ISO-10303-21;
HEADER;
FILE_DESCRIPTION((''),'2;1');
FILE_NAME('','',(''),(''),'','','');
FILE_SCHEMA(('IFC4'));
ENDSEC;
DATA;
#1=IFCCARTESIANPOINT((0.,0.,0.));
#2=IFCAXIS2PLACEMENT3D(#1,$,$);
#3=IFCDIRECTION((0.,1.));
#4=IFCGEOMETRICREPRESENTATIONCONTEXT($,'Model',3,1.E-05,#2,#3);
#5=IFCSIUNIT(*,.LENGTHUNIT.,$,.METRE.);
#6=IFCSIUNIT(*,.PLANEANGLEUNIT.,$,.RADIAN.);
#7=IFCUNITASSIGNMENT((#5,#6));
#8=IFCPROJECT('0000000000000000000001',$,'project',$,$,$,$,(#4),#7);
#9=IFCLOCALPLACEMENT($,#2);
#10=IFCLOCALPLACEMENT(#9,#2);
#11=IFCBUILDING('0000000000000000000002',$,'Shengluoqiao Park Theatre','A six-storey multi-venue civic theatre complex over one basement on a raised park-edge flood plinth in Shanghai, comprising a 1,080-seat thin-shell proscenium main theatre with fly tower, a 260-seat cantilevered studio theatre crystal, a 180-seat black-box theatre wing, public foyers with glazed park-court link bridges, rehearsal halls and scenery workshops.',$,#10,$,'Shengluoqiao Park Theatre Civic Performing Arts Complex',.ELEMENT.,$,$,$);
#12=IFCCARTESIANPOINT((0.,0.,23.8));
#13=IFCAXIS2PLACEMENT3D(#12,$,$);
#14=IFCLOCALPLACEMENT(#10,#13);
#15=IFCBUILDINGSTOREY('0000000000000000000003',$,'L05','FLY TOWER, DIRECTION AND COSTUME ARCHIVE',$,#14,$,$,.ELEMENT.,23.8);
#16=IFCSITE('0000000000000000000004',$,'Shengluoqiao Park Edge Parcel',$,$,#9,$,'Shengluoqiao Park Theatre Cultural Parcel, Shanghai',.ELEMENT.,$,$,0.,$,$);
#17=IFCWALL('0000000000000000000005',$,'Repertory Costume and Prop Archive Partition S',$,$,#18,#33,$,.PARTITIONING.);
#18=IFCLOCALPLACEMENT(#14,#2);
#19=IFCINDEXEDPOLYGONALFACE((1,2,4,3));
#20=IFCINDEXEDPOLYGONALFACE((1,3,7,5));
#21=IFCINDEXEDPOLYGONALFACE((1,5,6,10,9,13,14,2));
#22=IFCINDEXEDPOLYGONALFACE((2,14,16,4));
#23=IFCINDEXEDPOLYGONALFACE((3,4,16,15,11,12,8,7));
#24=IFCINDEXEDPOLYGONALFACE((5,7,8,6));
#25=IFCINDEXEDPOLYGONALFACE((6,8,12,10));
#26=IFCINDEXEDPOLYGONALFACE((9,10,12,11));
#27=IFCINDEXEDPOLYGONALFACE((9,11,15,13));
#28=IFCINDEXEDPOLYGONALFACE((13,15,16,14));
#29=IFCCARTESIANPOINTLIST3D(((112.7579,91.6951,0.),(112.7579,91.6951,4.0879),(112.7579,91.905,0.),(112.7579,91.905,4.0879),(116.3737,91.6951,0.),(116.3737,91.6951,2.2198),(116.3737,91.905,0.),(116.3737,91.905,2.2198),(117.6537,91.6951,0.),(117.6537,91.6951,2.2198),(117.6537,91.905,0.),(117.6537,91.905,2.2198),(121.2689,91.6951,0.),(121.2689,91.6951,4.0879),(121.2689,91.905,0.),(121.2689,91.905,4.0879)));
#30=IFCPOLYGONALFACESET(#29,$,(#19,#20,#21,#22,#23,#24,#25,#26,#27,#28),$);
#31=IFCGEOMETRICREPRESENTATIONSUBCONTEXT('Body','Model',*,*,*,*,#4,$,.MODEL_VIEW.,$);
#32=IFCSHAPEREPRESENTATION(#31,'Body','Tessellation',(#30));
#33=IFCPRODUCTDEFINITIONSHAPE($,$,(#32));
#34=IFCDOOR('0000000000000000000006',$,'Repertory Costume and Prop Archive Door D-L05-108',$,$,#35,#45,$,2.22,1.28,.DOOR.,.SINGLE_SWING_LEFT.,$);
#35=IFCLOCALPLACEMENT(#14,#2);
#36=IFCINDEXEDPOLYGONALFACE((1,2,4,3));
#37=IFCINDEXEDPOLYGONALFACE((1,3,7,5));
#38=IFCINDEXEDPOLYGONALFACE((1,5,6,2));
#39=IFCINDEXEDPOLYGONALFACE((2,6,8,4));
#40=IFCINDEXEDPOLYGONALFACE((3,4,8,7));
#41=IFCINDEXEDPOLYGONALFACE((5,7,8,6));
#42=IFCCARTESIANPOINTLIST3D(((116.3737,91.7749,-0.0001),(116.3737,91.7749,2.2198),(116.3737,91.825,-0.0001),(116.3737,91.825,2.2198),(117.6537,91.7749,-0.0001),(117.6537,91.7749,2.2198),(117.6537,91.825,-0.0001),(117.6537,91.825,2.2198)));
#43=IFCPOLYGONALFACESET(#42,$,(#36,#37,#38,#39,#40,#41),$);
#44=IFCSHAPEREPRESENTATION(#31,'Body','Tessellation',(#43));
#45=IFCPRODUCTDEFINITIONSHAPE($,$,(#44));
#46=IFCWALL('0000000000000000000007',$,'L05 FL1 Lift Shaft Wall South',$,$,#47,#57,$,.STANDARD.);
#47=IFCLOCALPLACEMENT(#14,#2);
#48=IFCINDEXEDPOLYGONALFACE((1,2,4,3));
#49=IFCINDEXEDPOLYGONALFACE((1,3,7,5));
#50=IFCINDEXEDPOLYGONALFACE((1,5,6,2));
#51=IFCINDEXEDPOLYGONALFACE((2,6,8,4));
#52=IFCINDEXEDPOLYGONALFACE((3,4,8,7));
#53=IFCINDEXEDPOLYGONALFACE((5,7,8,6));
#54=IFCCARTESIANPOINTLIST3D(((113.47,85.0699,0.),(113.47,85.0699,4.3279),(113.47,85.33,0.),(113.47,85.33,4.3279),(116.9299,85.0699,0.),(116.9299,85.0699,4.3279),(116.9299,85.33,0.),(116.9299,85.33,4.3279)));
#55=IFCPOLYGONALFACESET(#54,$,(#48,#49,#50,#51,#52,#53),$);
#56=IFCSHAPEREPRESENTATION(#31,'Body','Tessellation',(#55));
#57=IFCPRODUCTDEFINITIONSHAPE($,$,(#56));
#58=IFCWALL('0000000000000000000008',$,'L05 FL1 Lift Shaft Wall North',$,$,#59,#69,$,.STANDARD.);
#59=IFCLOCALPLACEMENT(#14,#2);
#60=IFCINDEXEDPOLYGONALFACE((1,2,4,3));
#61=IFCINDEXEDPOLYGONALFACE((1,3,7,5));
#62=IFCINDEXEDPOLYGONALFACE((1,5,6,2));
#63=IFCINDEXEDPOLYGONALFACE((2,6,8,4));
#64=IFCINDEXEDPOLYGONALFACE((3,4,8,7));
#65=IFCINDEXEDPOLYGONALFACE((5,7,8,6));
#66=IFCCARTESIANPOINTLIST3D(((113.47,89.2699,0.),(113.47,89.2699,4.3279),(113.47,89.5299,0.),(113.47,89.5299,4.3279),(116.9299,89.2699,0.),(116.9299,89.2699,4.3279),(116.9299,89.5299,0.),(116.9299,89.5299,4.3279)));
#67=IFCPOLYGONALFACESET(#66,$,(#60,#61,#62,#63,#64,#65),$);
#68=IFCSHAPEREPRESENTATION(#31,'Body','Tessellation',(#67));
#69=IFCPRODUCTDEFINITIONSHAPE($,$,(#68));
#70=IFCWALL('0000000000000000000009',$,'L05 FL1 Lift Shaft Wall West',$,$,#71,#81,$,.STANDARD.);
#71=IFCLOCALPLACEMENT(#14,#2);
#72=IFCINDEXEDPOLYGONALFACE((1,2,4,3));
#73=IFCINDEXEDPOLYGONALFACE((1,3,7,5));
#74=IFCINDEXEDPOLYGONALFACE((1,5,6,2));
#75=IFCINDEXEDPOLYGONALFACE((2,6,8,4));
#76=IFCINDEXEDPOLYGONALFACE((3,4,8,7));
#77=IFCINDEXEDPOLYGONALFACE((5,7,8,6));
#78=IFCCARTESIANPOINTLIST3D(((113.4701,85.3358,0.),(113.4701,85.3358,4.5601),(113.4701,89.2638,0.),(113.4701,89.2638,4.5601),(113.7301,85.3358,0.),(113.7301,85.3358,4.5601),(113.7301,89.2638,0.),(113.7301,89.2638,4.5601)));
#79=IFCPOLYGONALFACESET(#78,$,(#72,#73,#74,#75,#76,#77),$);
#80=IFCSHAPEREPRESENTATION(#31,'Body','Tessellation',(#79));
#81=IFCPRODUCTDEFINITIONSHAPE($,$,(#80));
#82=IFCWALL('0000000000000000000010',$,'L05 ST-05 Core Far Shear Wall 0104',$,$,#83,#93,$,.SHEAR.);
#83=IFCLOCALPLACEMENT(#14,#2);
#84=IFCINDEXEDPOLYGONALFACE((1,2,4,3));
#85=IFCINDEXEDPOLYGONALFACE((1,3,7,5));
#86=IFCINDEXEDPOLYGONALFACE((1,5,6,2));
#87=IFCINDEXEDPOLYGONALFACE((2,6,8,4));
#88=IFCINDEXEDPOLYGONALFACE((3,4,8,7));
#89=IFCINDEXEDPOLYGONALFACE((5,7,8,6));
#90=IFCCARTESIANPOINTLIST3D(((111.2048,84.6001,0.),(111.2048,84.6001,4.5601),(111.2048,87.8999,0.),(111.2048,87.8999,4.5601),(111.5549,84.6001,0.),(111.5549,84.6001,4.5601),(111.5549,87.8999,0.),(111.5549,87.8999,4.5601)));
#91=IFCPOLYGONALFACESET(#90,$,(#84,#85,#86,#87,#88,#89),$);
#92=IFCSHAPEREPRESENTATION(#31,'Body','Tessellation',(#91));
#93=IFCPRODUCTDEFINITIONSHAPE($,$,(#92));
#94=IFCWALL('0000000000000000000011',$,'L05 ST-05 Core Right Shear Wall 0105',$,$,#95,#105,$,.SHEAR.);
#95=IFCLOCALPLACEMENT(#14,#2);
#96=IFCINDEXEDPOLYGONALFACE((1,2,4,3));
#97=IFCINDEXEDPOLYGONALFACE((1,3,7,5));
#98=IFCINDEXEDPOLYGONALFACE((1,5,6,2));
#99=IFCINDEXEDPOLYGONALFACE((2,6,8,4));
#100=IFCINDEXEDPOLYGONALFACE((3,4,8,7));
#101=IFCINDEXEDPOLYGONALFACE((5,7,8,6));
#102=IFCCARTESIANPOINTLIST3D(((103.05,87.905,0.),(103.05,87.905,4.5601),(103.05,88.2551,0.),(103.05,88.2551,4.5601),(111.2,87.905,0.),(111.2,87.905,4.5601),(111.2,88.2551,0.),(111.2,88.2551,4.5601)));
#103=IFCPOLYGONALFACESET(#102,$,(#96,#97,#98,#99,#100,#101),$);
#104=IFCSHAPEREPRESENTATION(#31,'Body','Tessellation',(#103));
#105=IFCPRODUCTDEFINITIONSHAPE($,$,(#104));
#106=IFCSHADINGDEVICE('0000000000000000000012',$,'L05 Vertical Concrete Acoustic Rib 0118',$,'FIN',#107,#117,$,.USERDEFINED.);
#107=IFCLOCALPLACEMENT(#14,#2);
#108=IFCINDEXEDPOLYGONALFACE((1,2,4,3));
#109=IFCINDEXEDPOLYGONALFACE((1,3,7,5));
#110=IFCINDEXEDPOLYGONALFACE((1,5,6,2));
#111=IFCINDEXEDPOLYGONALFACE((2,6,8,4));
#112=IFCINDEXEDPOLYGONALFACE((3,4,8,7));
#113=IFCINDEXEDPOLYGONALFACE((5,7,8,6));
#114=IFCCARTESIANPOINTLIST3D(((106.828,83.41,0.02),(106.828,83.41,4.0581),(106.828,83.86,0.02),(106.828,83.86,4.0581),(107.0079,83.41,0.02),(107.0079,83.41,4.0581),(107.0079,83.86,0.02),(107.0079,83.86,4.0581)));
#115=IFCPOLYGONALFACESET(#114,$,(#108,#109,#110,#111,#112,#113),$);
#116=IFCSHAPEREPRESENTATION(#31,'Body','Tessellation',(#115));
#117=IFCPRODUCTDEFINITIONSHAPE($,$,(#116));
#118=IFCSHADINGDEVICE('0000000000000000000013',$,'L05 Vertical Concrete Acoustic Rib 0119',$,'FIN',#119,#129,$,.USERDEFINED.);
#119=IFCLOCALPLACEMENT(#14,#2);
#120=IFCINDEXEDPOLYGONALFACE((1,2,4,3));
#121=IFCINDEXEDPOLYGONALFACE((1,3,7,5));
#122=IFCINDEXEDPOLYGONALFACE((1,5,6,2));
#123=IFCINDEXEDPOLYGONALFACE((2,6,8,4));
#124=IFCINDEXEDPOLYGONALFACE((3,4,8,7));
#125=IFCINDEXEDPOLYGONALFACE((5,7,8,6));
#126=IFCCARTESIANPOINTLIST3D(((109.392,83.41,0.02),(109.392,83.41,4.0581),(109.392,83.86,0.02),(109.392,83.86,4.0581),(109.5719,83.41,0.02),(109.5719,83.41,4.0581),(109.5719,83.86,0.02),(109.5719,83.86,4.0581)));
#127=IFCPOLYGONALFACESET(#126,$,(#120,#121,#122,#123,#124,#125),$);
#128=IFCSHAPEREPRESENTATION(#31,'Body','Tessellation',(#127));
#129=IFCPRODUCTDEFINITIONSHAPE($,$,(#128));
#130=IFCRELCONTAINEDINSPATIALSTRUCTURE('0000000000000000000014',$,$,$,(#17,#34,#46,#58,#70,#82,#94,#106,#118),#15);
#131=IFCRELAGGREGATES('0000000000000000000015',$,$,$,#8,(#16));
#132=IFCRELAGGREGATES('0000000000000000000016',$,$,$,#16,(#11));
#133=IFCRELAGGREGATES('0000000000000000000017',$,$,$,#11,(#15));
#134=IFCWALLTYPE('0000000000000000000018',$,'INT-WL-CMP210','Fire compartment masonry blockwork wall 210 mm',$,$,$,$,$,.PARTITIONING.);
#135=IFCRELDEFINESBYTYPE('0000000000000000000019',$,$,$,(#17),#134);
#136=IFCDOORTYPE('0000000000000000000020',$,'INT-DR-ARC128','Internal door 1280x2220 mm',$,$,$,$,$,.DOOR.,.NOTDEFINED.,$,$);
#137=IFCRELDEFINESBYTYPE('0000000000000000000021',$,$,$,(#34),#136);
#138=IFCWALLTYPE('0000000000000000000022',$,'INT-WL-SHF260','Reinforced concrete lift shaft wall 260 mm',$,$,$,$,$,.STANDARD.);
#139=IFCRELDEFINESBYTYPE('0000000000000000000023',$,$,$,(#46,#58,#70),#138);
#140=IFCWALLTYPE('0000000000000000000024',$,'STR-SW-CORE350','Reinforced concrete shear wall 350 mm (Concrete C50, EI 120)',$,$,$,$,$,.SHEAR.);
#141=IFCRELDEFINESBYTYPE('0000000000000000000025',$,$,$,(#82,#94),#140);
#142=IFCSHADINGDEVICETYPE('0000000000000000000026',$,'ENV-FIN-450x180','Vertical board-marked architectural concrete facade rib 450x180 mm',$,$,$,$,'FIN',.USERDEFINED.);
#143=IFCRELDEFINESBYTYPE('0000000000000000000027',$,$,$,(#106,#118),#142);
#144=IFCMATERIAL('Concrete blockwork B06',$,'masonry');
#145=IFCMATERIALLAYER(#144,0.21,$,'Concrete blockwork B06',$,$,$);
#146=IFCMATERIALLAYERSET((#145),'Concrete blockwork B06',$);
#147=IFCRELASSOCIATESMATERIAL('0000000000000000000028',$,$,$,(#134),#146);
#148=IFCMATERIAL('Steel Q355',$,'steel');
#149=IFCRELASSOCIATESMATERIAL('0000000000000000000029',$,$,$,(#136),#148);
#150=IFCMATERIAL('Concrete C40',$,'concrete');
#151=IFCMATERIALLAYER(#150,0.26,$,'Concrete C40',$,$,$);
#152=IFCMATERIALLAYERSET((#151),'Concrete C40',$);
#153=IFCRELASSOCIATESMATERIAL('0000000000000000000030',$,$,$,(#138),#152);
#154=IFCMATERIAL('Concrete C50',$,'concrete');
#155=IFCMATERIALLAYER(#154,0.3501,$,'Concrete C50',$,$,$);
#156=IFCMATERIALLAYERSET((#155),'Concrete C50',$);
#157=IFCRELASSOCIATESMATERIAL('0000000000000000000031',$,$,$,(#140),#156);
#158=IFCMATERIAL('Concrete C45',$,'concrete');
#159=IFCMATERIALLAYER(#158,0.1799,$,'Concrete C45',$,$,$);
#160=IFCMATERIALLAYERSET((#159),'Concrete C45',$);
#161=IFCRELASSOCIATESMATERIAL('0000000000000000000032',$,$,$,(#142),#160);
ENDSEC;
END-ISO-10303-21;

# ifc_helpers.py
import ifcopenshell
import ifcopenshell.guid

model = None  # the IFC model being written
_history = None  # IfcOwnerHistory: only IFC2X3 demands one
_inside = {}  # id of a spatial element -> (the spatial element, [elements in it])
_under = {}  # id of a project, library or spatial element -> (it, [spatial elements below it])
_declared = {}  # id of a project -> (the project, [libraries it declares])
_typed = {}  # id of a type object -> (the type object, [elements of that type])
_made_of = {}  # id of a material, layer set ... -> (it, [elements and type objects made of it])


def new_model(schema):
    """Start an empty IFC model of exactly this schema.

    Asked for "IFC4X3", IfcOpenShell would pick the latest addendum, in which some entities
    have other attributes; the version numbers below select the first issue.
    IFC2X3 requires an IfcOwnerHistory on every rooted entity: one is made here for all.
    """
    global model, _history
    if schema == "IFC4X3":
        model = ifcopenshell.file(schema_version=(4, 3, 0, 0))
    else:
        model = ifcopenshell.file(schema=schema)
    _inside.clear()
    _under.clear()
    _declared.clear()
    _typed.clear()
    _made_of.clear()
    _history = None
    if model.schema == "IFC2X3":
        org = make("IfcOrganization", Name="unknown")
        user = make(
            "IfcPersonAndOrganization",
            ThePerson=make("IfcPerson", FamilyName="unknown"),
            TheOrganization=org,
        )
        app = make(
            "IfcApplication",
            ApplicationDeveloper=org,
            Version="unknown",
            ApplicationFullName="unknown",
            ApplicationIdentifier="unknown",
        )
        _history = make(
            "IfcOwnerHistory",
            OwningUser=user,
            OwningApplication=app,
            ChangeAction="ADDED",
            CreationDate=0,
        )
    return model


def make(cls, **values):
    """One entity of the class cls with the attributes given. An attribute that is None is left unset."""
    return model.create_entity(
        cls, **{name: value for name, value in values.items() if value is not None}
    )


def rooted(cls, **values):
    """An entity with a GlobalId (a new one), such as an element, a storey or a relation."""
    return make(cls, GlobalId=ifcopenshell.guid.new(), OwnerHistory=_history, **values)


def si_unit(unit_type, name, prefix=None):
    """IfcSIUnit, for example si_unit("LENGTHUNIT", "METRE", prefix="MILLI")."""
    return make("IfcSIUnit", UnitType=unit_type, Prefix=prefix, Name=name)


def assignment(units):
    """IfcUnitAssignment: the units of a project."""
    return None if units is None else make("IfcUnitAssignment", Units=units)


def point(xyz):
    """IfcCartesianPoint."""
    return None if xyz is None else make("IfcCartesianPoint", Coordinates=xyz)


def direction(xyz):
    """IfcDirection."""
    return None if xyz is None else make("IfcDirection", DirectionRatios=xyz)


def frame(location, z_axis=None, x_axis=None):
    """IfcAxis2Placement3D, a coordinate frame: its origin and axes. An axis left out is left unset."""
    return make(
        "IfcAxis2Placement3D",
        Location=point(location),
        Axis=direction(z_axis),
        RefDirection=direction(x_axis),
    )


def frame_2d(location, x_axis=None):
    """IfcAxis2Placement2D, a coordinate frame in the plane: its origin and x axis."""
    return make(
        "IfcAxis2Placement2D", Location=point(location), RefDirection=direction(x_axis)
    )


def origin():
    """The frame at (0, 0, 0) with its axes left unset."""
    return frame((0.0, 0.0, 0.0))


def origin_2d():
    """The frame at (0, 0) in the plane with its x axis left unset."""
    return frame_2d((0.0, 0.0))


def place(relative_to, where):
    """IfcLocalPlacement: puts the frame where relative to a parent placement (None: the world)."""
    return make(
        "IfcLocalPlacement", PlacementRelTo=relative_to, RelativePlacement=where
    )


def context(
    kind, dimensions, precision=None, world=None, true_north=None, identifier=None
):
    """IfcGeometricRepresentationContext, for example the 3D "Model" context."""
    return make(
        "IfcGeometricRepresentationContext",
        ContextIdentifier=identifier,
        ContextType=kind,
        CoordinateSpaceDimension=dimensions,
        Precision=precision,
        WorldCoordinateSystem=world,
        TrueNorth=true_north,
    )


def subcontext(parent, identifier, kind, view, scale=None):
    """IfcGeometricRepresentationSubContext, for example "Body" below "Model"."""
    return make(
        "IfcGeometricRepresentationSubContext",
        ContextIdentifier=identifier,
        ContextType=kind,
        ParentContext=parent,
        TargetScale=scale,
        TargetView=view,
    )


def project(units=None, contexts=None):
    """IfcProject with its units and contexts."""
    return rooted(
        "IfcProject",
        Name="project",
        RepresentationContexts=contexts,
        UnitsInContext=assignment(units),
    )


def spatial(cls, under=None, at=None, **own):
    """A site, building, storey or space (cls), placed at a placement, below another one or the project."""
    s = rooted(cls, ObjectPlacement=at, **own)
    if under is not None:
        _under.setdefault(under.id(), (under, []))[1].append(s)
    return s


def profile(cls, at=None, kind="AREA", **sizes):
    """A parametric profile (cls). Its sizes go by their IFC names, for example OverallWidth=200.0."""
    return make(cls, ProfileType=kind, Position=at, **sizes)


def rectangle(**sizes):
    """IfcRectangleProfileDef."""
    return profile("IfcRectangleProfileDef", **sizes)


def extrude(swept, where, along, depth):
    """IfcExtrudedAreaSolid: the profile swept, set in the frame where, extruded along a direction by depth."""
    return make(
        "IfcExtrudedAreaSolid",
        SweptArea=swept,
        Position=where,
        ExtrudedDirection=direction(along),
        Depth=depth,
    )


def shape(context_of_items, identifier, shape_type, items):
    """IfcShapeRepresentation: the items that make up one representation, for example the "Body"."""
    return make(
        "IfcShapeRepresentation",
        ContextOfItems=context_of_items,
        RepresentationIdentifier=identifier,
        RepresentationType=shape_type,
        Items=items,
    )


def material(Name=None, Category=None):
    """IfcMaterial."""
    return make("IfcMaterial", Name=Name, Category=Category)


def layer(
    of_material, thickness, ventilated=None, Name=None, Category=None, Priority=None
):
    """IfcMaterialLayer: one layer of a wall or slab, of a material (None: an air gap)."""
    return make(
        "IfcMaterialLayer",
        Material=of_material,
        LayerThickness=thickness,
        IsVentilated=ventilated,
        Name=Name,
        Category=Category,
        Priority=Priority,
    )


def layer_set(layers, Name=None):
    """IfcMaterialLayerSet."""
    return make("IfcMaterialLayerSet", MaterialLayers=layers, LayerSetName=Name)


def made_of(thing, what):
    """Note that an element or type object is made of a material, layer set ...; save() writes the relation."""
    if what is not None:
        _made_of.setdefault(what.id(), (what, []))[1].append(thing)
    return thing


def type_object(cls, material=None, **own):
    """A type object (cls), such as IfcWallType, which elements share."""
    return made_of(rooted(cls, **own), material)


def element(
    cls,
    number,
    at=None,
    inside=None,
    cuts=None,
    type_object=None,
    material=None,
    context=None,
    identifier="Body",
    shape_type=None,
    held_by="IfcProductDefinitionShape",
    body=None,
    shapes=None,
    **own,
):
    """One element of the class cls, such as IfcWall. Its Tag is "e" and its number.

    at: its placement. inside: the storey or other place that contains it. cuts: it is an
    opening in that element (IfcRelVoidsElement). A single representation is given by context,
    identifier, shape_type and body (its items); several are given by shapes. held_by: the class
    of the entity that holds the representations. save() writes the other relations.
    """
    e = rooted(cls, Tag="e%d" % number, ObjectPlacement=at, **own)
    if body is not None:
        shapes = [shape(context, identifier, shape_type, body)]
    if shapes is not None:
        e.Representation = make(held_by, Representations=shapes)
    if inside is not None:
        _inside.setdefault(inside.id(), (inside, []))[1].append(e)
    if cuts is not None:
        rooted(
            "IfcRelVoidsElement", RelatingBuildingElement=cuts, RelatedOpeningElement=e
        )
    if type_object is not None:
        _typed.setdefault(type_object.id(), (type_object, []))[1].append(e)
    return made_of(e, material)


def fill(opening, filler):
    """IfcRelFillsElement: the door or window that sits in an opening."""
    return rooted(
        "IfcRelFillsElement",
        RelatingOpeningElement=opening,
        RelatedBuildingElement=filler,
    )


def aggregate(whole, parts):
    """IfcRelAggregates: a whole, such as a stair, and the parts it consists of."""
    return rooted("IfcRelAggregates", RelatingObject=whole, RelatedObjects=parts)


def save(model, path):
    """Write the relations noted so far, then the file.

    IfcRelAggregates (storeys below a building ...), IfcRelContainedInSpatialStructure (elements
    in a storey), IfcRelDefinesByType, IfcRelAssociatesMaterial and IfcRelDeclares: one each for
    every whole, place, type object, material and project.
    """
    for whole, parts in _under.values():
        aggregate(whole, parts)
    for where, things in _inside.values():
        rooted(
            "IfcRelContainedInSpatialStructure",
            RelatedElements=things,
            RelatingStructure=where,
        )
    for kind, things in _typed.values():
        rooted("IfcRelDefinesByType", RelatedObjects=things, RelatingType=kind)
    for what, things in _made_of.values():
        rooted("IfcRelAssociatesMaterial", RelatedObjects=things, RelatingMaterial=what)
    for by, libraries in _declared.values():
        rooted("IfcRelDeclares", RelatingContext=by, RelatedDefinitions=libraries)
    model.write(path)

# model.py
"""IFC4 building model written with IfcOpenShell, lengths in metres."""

from ifc_helpers import new_model, si_unit, direction, frame, frame_2d, origin, origin_2d, place, context, subcontext, project, spatial, rectangle, extrude, material, layer, layer_set, type_object, element, fill, save


model = new_model("IFC4")

# Units and contexts
model_context = context("Model", 3, precision=1e-05, world=origin(), true_north=direction((0.0, 1.0)))
body_context = subcontext(model_context, "Body", "Model", "MODEL_VIEW")
ifc_project = project(units=[si_unit("LENGTHUNIT", "METRE"), si_unit("PLANEANGLEUNIT", "RADIAN")], contexts=[model_context])

# Site, building, storey
site_placement = place(None, origin())
site = spatial("IfcSite", under=ifc_project, at=site_placement, Name="Shengluoqiao Park Edge Parcel", LongName="Shengluoqiao Park Theatre Cultural Parcel, Shanghai", CompositionType="ELEMENT", RefElevation=0.0)
building_placement = place(site_placement, origin())
building = spatial("IfcBuilding", under=site, at=building_placement, Name="Shengluoqiao Park Theatre", Description="A six-storey multi-venue civic theatre complex over one basement on a raised park-edge flood plinth in Shanghai, comprising a 1,080-seat thin-shell proscenium main theatre with fly tower, a 260-seat cantilevered studio theatre crystal, a 180-seat black-box theatre wing, public foyers with glazed park-court link bridges, rehearsal halls and scenery workshops.", LongName="Shengluoqiao Park Theatre Civic Performing Arts Complex", CompositionType="ELEMENT")
storey_placement = place(building_placement, frame((0.0, 0.0, 23.8)))
storey = spatial("IfcBuildingStorey", under=building, at=storey_placement, Name="L05", Description="FLY TOWER, DIRECTION AND COSTUME ARCHIVE", CompositionType="ELEMENT", Elevation=23.8)

# Shared definitions
ifc_material_1 = material(Name="Concrete C50", Category="concrete")

# Shared definitions
ifc_material_2 = material(Name="Steel Q355", Category="steel")

# Shared definitions
ifc_material_3 = material(Name="Concrete C40", Category="concrete")

# Wall, opening, door
ifc_material_4 = material(Name="Concrete blockwork B06", Category="masonry")
ifc_layer_1 = layer(ifc_material_4, 0.21, Name="Concrete blockwork B06")
ifc_layer_set_1 = layer_set([ifc_layer_1], Name="Concrete blockwork B06")
wall_type_1 = type_object("IfcWallType", Name="INT-WL-CMP210", Description="Fire compartment masonry blockwork wall 210 mm", PredefinedType="PARTITIONING", material=ifc_layer_set_1)
wall_1_placement = place(storey_placement, frame((112.7581, 91.8, 0.0), z_axis=(0.0, 0.0, 1.0), x_axis=(1.0, 0.0, 0.0)))
wall_1 = element("IfcWall", 1, at=wall_1_placement, inside=storey, type_object=wall_type_1, Name="Repertory Costume and Prop Archive Partition S", PredefinedType="PARTITIONING", context=body_context, shape_type="SweptSolid", body=[
    extrude(rectangle(XDim=8.511, YDim=0.21, at=frame_2d((4.2554, 0.0))), origin(), (0.0, 0.0, 1.0), 4.0879),
])
opening_1_placement = place(wall_1_placement, frame((3.6155, 0.0, 0.0)))
opening_1 = element("IfcOpeningElement", 2, at=opening_1_placement, cuts=wall_1, PredefinedType="OPENING", context=body_context, shape_type="SweptSolid", body=[
    extrude(rectangle(XDim=1.28, YDim=2.22, at=frame_2d((0.6401, 1.1099))), frame((0.0, 0.115, 0.0), z_axis=(0.0, -1.0, 0.0), x_axis=(1.0, 0.0, 0.0)), (0.0, 0.0, 1.0), 0.23),
])
door_type = type_object("IfcDoorType", Name="INT-DR-ARC128", Description="Internal door 1280x2220 mm", OperationType="NOTDEFINED", PredefinedType="DOOR", material=ifc_material_2)
door_placement = place(opening_1_placement, origin())
door = element("IfcDoor", 3, at=door_placement, inside=storey, type_object=door_type, Name="Repertory Costume and Prop Archive Door D-L05-108", OperationType="SINGLE_SWING_LEFT", OverallHeight=2.22, OverallWidth=1.28, PredefinedType="DOOR", context=body_context, shape_type="SweptSolid", body=[
    extrude(rectangle(XDim=1.28, YDim=2.22, at=frame_2d((0.6401, 1.1099))), frame((0.0, 0.0249, 0.0), z_axis=(0.0, -1.0, 0.0), x_axis=(1.0, 0.0, 0.0)), (0.0, 0.0, 1.0), 0.05),
])
fill(opening_1, door)

# Walls
ifc_layer_2 = layer(ifc_material_3, 0.26, Name="Concrete C40")
ifc_layer_set_2 = layer_set([ifc_layer_2], Name="Concrete C40")
wall_type_2 = type_object("IfcWallType", Name="INT-WL-SHF260", Description="Reinforced concrete lift shaft wall 260 mm", PredefinedType="STANDARD", material=ifc_layer_set_2)
for number, where, z_axis, x_axis, name in (
    (4, (113.47, 85.2, 0.0), (0.0, 0.0, 1.0), (1.0, 0.0, 0.0), "L05 FL1 Lift Shaft Wall South"),
    (5, (113.47, 89.3999, 0.0), (0.0, 0.0, 1.0), (1.0, 0.0, 0.0), "L05 FL1 Lift Shaft Wall North"),
):
    element("IfcWall", number, at=place(storey_placement, frame(where, z_axis=z_axis, x_axis=x_axis)), inside=storey, type_object=wall_type_2, Name=name, PredefinedType="STANDARD", context=body_context, shape_type="SweptSolid", body=[
        extrude(rectangle(XDim=3.46, YDim=0.26, at=frame_2d((1.73, 0.0))), origin(), (0.0, 0.0, 1.0), 4.3279),
    ])
wall_2_placement = place(storey_placement, frame((113.6001, 85.3359, 0.0), z_axis=(0.0, 0.0, 1.0), x_axis=(0.0, 1.0, 0.0)))
element("IfcWall", 6, at=wall_2_placement, inside=storey, type_object=wall_type_2, Name="L05 FL1 Lift Shaft Wall West", PredefinedType="STANDARD", context=body_context, shape_type="SweptSolid", body=[
    extrude(rectangle(XDim=3.928, YDim=0.26, at=frame_2d((1.9639, 0.0))), origin(), (0.0, 0.0, 1.0), 4.5601),
])
ifc_layer_3 = layer(ifc_material_1, 0.3501, Name="Concrete C50")
ifc_layer_set_3 = layer_set([ifc_layer_3], Name="Concrete C50")
wall_type_3 = type_object("IfcWallType", Name="STR-SW-CORE350", Description="Reinforced concrete shear wall 350 mm (Concrete C50, EI 120)", PredefinedType="SHEAR", material=ifc_layer_set_3)
wall_3_placement = place(storey_placement, frame((111.3799, 84.6001, 0.0), z_axis=(0.0, 0.0, 1.0), x_axis=(0.0, 1.0, 0.0)))
element("IfcWall", 7, at=wall_3_placement, inside=storey, type_object=wall_type_3, Name="L05 ST-05 Core Far Shear Wall 0104", PredefinedType="SHEAR", context=body_context, shape_type="SweptSolid", body=[
    extrude(rectangle(XDim=3.2998, YDim=0.3501, at=frame_2d((1.6499, 0.0))), origin(), (0.0, 0.0, 1.0), 4.5601),
])
wall_4_placement = place(storey_placement, frame((111.2, 88.0801, 0.0), z_axis=(0.0, 0.0, 1.0), x_axis=(-1.0, 0.0, 0.0)))
element("IfcWall", 8, at=wall_4_placement, inside=storey, type_object=wall_type_3, Name="L05 ST-05 Core Right Shear Wall 0105", PredefinedType="SHEAR", context=body_context, shape_type="SweptSolid", body=[
    extrude(rectangle(XDim=8.1499, YDim=0.3501, at=frame_2d((4.075, 0.0))), origin(), (0.0, 0.0, 1.0), 4.5601),
])

# Shading devices
ifc_material_5 = material(Name="Concrete C45", Category="concrete")
ifc_layer_4 = layer(ifc_material_5, 0.1799, Name="Concrete C45")
ifc_layer_set_4 = layer_set([ifc_layer_4], Name="Concrete C45")
shading_device_type = type_object("IfcShadingDeviceType", Name="ENV-FIN-450x180", Description="Vertical board-marked architectural concrete facade rib 450x180 mm", ElementType="FIN", PredefinedType="USERDEFINED", material=ifc_layer_set_4)
for number, where, z_axis, x_axis, name in (
    (9, (106.918, 83.635, 0.02), (0.0, 0.0, 1.0), (0.0, -1.0, 0.0), "L05 Vertical Concrete Acoustic Rib 0118"),
    (10, (109.4819, 83.635, 0.02), (0.0, 0.0, 1.0), (0.0, -1.0, 0.0), "L05 Vertical Concrete Acoustic Rib 0119"),
):
    element("IfcShadingDevice", number, at=place(storey_placement, frame(where, z_axis=z_axis, x_axis=x_axis)), inside=storey, type_object=shading_device_type, Name=name, ObjectType="FIN", PredefinedType="USERDEFINED", context=body_context, shape_type="SweptSolid", body=[
        extrude(rectangle(XDim=0.45, YDim=0.1799, at=origin_2d()), origin(), (0.0, 0.0, 1.0), 4.0381),
    ])

save(model, "model.ifc")
